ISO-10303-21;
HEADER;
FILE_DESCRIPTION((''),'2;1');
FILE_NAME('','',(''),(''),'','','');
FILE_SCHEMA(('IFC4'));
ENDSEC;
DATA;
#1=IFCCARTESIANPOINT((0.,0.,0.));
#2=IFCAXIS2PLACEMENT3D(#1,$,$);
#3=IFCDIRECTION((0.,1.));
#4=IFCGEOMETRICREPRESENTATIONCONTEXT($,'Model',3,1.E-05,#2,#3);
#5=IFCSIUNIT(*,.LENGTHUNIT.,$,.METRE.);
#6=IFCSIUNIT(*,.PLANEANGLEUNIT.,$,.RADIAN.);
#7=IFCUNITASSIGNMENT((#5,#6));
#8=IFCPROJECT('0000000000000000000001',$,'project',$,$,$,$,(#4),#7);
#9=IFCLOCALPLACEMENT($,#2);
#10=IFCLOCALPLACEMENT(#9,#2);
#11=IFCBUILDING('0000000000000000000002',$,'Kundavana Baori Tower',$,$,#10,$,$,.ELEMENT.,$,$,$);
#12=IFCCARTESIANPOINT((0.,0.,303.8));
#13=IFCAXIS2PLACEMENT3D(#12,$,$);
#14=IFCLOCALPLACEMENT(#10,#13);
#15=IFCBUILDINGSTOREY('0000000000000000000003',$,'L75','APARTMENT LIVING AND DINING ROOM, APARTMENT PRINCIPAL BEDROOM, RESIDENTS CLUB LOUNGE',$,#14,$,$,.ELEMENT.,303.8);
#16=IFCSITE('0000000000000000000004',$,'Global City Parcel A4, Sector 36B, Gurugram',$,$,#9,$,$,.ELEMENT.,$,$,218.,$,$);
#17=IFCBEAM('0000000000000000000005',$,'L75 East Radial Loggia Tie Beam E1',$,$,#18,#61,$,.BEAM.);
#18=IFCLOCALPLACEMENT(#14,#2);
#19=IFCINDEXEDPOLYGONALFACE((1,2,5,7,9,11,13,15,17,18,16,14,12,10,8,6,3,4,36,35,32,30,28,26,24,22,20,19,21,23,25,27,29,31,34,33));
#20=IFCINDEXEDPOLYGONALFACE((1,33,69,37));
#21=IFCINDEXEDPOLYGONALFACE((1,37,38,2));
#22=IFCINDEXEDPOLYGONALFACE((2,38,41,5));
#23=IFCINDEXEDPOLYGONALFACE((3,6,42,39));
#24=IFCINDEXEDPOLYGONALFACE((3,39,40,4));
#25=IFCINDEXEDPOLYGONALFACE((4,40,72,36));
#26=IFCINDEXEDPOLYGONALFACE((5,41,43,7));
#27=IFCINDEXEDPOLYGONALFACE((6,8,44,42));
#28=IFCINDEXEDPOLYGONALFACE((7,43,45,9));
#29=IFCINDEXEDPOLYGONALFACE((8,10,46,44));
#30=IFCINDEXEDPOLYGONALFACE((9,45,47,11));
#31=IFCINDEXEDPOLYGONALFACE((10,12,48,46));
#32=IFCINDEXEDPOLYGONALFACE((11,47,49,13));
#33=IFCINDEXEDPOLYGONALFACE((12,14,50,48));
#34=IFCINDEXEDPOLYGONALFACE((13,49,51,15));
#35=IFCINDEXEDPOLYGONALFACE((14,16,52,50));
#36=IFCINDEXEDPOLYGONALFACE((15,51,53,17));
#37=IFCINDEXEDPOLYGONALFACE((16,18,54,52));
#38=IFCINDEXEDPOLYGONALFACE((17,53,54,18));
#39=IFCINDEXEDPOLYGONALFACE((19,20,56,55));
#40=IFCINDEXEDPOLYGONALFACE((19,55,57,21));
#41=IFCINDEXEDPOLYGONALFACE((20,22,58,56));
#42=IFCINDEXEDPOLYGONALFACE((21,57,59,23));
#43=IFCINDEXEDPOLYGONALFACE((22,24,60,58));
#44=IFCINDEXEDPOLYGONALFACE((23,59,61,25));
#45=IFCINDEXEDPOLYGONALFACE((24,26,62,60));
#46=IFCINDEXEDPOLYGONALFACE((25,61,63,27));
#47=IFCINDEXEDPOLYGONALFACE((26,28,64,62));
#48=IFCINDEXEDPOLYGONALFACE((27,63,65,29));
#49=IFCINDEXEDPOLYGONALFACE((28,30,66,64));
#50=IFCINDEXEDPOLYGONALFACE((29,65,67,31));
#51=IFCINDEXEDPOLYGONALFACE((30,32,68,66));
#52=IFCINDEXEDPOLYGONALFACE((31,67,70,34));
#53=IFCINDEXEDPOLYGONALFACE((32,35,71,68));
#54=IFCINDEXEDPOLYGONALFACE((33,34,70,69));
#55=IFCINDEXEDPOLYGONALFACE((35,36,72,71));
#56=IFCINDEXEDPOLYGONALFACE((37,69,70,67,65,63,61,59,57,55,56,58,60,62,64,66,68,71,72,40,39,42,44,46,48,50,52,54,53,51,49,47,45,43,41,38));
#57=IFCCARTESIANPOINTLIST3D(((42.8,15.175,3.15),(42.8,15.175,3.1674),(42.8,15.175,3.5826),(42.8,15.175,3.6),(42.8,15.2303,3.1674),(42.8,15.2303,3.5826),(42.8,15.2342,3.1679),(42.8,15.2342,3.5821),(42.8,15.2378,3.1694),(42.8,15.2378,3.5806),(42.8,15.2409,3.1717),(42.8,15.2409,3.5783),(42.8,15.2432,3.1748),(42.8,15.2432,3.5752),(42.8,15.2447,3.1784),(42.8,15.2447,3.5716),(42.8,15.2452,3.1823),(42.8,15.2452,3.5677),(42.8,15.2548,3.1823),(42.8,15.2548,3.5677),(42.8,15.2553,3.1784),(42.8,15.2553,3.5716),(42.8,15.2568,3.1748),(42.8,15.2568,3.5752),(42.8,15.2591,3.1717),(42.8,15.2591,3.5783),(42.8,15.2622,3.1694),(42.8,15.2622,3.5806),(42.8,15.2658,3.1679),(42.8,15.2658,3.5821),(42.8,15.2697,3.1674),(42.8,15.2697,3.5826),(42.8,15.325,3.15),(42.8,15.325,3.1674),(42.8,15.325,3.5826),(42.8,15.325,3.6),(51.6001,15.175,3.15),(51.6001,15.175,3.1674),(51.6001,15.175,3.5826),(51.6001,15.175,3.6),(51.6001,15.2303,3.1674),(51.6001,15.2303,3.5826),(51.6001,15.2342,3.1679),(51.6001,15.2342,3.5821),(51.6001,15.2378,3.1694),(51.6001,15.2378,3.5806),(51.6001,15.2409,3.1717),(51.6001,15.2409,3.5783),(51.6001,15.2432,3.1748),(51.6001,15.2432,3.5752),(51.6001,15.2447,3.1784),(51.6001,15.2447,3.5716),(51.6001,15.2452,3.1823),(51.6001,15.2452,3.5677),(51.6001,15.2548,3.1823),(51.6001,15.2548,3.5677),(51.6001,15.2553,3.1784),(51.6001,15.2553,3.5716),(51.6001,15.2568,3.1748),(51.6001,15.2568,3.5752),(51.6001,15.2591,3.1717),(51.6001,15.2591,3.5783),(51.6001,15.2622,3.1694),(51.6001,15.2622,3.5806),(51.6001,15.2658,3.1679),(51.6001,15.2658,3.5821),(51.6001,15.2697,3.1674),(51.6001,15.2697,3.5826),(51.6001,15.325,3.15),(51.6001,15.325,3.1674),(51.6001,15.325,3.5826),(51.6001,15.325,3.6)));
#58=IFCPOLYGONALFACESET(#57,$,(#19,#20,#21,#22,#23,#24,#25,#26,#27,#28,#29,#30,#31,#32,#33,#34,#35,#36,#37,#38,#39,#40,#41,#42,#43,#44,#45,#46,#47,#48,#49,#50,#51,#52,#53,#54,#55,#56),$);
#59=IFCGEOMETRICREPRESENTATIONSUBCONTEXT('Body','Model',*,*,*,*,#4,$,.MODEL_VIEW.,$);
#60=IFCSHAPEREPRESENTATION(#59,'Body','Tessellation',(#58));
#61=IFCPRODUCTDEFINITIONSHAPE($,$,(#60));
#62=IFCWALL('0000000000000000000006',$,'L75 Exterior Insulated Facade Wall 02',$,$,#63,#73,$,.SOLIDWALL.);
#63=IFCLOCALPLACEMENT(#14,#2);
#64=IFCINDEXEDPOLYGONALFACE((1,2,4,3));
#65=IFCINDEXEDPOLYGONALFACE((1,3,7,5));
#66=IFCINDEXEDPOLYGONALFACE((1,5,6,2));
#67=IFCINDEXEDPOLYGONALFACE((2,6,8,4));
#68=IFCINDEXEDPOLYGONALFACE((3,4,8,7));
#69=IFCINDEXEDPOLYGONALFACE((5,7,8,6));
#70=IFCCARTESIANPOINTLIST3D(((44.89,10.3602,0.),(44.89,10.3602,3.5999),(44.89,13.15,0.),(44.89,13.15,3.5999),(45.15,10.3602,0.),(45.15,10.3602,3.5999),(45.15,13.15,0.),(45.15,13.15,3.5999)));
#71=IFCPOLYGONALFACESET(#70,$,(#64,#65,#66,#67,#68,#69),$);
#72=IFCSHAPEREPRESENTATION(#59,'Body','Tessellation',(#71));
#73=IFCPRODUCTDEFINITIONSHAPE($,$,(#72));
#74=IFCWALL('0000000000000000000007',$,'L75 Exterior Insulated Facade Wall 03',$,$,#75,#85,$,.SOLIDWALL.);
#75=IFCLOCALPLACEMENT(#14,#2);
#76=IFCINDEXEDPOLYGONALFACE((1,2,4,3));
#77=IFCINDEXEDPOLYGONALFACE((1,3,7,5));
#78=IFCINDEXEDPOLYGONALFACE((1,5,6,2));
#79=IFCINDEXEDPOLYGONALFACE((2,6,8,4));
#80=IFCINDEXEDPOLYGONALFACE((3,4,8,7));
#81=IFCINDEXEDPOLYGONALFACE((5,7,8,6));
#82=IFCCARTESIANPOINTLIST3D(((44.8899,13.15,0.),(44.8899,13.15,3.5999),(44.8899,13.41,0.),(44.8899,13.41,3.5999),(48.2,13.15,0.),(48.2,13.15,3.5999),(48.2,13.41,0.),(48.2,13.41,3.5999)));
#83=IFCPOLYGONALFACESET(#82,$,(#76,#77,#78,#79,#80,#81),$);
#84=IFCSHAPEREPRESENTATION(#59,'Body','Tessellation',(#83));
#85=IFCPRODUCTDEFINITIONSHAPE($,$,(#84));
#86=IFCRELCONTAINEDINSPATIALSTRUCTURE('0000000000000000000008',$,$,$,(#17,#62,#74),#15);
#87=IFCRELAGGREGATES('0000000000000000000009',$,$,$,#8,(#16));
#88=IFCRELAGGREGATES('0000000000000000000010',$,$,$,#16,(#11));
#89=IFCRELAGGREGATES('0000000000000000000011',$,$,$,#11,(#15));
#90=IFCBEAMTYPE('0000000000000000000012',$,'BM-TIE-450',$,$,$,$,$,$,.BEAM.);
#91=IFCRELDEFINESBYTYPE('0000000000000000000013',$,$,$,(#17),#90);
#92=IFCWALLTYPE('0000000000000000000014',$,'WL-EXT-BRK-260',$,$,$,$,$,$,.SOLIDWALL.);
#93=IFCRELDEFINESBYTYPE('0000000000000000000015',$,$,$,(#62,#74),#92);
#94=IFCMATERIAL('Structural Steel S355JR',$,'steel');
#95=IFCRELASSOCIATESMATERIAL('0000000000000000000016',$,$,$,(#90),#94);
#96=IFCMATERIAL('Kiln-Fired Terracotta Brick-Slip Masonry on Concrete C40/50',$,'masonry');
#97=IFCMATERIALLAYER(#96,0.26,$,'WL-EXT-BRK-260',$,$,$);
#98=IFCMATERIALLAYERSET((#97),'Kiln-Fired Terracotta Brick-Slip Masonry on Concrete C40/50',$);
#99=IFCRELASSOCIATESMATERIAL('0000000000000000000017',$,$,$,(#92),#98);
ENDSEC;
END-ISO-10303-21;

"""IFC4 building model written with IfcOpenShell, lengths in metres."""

from ifc_helpers import new_model, si_unit, direction, frame, frame_2d, origin, origin_2d, place, context, subcontext, project, spatial, rectangle, i_section, extrude, material, layer, layer_set, material_profile, profile_set, type_object, element, save


model = new_model("IFC4")

# Units and contexts
model_context = context("Model", 3, precision=1e-05, world=origin(), true_north=direction((0.0, 1.0)))
body_context = subcontext(model_context, "Body", "Model", "MODEL_VIEW")
ifc_project = project(units=[si_unit("LENGTHUNIT", "METRE"), si_unit("PLANEANGLEUNIT", "RADIAN")], contexts=[model_context])

# Site, building, storey
site_placement = place(None, origin())
site = spatial("IfcSite", under=ifc_project, at=site_placement, Name="Global City Parcel A4, Sector 36B, Gurugram", CompositionType="ELEMENT", RefElevation=218.0)
building_placement = place(site_placement, origin())
building = spatial("IfcBuilding", under=site, at=building_placement, Name="Kundavana Baori Tower", CompositionType="ELEMENT")
storey_placement = place(building_placement, frame((0.0, 0.0, 303.8)))
storey = spatial("IfcBuildingStorey", under=building, at=storey_placement, Name="L75", Description="APARTMENT LIVING AND DINING ROOM, APARTMENT PRINCIPAL BEDROOM, RESIDENTS CLUB LOUNGE", CompositionType="ELEMENT", Elevation=303.8)

# Beam
ifc_material_1 = material(Name="Structural Steel S355JR", Category="steel")
ifc_material_profile_1 = material_profile(ifc_material_1, i_section(OverallWidth=0.1499, OverallDepth=0.45, WebThickness=0.0095, FlangeThickness=0.0173, FilletRadius=0.0149, at=origin_2d()), Name="ISMB 450")
ifc_profile_set_1 = profile_set([ifc_material_profile_1], Name="Structural Steel S355JR")
beam_type_1 = type_object("IfcBeamType", Name="BM-TIE-450", PredefinedType="BEAM", material=ifc_profile_set_1)
beam_1_placement = place(storey_placement, frame((42.8, 15.25, 3.375), z_axis=(1.0, 0.0, 0.0), x_axis=(0.0, 1.0, 0.0)))
element("IfcBeam", 1, at=beam_1_placement, inside=storey, type_object=beam_type_1, Name="L75 East Radial Loggia Tie Beam E1", PredefinedType="BEAM", context=body_context, shape_type="SweptSolid", body=[
    extrude(i_section(OverallWidth=0.1499, OverallDepth=0.45, WebThickness=0.0095, FlangeThickness=0.0173, FilletRadius=0.0149, at=origin_2d()), origin(), (0.0, 0.0, 1.0), 8.8),
])

# Walls
ifc_material_2 = material(Name="Kiln-Fired Terracotta Brick-Slip Masonry on Concrete C40/50", Category="masonry")
ifc_layer_1 = layer(ifc_material_2, 0.26, Name="WL-EXT-BRK-260")
ifc_layer_set_1 = layer_set([ifc_layer_1], Name="Kiln-Fired Terracotta Brick-Slip Masonry on Concrete C40/50")
wall_type_1 = type_object("IfcWallType", Name="WL-EXT-BRK-260", PredefinedType="SOLIDWALL", material=ifc_layer_set_1)
wall_1_placement = place(storey_placement, frame((45.02, 10.3601, 0.0), z_axis=(0.0, 0.0, 1.0), x_axis=(0.0, 1.0, 0.0)))
element("IfcWall", 2, at=wall_1_placement, inside=storey, type_object=wall_type_1, Name="L75 Exterior Insulated Facade Wall 02", PredefinedType="SOLIDWALL", context=body_context, shape_type="SweptSolid", body=[
    extrude(rectangle(XDim=2.7898, YDim=0.26, at=frame_2d((1.395, 0.0))), origin(), (0.0, 0.0, 1.0), 3.5999),
])
wall_2_placement = place(storey_placement, frame((44.8899, 13.28, 0.0), z_axis=(0.0, 0.0, 1.0), x_axis=(1.0, 0.0, 0.0)))
element("IfcWall", 3, at=wall_2_placement, inside=storey, type_object=wall_type_1, Name="L75 Exterior Insulated Facade Wall 03", PredefinedType="SOLIDWALL", context=body_context, shape_type="SweptSolid", body=[
    extrude(rectangle(XDim=3.3101, YDim=0.26, at=frame_2d((1.655, 0.0))), origin(), (0.0, 0.0, 1.0), 3.5999),
])

save(model, "model.ifc")
